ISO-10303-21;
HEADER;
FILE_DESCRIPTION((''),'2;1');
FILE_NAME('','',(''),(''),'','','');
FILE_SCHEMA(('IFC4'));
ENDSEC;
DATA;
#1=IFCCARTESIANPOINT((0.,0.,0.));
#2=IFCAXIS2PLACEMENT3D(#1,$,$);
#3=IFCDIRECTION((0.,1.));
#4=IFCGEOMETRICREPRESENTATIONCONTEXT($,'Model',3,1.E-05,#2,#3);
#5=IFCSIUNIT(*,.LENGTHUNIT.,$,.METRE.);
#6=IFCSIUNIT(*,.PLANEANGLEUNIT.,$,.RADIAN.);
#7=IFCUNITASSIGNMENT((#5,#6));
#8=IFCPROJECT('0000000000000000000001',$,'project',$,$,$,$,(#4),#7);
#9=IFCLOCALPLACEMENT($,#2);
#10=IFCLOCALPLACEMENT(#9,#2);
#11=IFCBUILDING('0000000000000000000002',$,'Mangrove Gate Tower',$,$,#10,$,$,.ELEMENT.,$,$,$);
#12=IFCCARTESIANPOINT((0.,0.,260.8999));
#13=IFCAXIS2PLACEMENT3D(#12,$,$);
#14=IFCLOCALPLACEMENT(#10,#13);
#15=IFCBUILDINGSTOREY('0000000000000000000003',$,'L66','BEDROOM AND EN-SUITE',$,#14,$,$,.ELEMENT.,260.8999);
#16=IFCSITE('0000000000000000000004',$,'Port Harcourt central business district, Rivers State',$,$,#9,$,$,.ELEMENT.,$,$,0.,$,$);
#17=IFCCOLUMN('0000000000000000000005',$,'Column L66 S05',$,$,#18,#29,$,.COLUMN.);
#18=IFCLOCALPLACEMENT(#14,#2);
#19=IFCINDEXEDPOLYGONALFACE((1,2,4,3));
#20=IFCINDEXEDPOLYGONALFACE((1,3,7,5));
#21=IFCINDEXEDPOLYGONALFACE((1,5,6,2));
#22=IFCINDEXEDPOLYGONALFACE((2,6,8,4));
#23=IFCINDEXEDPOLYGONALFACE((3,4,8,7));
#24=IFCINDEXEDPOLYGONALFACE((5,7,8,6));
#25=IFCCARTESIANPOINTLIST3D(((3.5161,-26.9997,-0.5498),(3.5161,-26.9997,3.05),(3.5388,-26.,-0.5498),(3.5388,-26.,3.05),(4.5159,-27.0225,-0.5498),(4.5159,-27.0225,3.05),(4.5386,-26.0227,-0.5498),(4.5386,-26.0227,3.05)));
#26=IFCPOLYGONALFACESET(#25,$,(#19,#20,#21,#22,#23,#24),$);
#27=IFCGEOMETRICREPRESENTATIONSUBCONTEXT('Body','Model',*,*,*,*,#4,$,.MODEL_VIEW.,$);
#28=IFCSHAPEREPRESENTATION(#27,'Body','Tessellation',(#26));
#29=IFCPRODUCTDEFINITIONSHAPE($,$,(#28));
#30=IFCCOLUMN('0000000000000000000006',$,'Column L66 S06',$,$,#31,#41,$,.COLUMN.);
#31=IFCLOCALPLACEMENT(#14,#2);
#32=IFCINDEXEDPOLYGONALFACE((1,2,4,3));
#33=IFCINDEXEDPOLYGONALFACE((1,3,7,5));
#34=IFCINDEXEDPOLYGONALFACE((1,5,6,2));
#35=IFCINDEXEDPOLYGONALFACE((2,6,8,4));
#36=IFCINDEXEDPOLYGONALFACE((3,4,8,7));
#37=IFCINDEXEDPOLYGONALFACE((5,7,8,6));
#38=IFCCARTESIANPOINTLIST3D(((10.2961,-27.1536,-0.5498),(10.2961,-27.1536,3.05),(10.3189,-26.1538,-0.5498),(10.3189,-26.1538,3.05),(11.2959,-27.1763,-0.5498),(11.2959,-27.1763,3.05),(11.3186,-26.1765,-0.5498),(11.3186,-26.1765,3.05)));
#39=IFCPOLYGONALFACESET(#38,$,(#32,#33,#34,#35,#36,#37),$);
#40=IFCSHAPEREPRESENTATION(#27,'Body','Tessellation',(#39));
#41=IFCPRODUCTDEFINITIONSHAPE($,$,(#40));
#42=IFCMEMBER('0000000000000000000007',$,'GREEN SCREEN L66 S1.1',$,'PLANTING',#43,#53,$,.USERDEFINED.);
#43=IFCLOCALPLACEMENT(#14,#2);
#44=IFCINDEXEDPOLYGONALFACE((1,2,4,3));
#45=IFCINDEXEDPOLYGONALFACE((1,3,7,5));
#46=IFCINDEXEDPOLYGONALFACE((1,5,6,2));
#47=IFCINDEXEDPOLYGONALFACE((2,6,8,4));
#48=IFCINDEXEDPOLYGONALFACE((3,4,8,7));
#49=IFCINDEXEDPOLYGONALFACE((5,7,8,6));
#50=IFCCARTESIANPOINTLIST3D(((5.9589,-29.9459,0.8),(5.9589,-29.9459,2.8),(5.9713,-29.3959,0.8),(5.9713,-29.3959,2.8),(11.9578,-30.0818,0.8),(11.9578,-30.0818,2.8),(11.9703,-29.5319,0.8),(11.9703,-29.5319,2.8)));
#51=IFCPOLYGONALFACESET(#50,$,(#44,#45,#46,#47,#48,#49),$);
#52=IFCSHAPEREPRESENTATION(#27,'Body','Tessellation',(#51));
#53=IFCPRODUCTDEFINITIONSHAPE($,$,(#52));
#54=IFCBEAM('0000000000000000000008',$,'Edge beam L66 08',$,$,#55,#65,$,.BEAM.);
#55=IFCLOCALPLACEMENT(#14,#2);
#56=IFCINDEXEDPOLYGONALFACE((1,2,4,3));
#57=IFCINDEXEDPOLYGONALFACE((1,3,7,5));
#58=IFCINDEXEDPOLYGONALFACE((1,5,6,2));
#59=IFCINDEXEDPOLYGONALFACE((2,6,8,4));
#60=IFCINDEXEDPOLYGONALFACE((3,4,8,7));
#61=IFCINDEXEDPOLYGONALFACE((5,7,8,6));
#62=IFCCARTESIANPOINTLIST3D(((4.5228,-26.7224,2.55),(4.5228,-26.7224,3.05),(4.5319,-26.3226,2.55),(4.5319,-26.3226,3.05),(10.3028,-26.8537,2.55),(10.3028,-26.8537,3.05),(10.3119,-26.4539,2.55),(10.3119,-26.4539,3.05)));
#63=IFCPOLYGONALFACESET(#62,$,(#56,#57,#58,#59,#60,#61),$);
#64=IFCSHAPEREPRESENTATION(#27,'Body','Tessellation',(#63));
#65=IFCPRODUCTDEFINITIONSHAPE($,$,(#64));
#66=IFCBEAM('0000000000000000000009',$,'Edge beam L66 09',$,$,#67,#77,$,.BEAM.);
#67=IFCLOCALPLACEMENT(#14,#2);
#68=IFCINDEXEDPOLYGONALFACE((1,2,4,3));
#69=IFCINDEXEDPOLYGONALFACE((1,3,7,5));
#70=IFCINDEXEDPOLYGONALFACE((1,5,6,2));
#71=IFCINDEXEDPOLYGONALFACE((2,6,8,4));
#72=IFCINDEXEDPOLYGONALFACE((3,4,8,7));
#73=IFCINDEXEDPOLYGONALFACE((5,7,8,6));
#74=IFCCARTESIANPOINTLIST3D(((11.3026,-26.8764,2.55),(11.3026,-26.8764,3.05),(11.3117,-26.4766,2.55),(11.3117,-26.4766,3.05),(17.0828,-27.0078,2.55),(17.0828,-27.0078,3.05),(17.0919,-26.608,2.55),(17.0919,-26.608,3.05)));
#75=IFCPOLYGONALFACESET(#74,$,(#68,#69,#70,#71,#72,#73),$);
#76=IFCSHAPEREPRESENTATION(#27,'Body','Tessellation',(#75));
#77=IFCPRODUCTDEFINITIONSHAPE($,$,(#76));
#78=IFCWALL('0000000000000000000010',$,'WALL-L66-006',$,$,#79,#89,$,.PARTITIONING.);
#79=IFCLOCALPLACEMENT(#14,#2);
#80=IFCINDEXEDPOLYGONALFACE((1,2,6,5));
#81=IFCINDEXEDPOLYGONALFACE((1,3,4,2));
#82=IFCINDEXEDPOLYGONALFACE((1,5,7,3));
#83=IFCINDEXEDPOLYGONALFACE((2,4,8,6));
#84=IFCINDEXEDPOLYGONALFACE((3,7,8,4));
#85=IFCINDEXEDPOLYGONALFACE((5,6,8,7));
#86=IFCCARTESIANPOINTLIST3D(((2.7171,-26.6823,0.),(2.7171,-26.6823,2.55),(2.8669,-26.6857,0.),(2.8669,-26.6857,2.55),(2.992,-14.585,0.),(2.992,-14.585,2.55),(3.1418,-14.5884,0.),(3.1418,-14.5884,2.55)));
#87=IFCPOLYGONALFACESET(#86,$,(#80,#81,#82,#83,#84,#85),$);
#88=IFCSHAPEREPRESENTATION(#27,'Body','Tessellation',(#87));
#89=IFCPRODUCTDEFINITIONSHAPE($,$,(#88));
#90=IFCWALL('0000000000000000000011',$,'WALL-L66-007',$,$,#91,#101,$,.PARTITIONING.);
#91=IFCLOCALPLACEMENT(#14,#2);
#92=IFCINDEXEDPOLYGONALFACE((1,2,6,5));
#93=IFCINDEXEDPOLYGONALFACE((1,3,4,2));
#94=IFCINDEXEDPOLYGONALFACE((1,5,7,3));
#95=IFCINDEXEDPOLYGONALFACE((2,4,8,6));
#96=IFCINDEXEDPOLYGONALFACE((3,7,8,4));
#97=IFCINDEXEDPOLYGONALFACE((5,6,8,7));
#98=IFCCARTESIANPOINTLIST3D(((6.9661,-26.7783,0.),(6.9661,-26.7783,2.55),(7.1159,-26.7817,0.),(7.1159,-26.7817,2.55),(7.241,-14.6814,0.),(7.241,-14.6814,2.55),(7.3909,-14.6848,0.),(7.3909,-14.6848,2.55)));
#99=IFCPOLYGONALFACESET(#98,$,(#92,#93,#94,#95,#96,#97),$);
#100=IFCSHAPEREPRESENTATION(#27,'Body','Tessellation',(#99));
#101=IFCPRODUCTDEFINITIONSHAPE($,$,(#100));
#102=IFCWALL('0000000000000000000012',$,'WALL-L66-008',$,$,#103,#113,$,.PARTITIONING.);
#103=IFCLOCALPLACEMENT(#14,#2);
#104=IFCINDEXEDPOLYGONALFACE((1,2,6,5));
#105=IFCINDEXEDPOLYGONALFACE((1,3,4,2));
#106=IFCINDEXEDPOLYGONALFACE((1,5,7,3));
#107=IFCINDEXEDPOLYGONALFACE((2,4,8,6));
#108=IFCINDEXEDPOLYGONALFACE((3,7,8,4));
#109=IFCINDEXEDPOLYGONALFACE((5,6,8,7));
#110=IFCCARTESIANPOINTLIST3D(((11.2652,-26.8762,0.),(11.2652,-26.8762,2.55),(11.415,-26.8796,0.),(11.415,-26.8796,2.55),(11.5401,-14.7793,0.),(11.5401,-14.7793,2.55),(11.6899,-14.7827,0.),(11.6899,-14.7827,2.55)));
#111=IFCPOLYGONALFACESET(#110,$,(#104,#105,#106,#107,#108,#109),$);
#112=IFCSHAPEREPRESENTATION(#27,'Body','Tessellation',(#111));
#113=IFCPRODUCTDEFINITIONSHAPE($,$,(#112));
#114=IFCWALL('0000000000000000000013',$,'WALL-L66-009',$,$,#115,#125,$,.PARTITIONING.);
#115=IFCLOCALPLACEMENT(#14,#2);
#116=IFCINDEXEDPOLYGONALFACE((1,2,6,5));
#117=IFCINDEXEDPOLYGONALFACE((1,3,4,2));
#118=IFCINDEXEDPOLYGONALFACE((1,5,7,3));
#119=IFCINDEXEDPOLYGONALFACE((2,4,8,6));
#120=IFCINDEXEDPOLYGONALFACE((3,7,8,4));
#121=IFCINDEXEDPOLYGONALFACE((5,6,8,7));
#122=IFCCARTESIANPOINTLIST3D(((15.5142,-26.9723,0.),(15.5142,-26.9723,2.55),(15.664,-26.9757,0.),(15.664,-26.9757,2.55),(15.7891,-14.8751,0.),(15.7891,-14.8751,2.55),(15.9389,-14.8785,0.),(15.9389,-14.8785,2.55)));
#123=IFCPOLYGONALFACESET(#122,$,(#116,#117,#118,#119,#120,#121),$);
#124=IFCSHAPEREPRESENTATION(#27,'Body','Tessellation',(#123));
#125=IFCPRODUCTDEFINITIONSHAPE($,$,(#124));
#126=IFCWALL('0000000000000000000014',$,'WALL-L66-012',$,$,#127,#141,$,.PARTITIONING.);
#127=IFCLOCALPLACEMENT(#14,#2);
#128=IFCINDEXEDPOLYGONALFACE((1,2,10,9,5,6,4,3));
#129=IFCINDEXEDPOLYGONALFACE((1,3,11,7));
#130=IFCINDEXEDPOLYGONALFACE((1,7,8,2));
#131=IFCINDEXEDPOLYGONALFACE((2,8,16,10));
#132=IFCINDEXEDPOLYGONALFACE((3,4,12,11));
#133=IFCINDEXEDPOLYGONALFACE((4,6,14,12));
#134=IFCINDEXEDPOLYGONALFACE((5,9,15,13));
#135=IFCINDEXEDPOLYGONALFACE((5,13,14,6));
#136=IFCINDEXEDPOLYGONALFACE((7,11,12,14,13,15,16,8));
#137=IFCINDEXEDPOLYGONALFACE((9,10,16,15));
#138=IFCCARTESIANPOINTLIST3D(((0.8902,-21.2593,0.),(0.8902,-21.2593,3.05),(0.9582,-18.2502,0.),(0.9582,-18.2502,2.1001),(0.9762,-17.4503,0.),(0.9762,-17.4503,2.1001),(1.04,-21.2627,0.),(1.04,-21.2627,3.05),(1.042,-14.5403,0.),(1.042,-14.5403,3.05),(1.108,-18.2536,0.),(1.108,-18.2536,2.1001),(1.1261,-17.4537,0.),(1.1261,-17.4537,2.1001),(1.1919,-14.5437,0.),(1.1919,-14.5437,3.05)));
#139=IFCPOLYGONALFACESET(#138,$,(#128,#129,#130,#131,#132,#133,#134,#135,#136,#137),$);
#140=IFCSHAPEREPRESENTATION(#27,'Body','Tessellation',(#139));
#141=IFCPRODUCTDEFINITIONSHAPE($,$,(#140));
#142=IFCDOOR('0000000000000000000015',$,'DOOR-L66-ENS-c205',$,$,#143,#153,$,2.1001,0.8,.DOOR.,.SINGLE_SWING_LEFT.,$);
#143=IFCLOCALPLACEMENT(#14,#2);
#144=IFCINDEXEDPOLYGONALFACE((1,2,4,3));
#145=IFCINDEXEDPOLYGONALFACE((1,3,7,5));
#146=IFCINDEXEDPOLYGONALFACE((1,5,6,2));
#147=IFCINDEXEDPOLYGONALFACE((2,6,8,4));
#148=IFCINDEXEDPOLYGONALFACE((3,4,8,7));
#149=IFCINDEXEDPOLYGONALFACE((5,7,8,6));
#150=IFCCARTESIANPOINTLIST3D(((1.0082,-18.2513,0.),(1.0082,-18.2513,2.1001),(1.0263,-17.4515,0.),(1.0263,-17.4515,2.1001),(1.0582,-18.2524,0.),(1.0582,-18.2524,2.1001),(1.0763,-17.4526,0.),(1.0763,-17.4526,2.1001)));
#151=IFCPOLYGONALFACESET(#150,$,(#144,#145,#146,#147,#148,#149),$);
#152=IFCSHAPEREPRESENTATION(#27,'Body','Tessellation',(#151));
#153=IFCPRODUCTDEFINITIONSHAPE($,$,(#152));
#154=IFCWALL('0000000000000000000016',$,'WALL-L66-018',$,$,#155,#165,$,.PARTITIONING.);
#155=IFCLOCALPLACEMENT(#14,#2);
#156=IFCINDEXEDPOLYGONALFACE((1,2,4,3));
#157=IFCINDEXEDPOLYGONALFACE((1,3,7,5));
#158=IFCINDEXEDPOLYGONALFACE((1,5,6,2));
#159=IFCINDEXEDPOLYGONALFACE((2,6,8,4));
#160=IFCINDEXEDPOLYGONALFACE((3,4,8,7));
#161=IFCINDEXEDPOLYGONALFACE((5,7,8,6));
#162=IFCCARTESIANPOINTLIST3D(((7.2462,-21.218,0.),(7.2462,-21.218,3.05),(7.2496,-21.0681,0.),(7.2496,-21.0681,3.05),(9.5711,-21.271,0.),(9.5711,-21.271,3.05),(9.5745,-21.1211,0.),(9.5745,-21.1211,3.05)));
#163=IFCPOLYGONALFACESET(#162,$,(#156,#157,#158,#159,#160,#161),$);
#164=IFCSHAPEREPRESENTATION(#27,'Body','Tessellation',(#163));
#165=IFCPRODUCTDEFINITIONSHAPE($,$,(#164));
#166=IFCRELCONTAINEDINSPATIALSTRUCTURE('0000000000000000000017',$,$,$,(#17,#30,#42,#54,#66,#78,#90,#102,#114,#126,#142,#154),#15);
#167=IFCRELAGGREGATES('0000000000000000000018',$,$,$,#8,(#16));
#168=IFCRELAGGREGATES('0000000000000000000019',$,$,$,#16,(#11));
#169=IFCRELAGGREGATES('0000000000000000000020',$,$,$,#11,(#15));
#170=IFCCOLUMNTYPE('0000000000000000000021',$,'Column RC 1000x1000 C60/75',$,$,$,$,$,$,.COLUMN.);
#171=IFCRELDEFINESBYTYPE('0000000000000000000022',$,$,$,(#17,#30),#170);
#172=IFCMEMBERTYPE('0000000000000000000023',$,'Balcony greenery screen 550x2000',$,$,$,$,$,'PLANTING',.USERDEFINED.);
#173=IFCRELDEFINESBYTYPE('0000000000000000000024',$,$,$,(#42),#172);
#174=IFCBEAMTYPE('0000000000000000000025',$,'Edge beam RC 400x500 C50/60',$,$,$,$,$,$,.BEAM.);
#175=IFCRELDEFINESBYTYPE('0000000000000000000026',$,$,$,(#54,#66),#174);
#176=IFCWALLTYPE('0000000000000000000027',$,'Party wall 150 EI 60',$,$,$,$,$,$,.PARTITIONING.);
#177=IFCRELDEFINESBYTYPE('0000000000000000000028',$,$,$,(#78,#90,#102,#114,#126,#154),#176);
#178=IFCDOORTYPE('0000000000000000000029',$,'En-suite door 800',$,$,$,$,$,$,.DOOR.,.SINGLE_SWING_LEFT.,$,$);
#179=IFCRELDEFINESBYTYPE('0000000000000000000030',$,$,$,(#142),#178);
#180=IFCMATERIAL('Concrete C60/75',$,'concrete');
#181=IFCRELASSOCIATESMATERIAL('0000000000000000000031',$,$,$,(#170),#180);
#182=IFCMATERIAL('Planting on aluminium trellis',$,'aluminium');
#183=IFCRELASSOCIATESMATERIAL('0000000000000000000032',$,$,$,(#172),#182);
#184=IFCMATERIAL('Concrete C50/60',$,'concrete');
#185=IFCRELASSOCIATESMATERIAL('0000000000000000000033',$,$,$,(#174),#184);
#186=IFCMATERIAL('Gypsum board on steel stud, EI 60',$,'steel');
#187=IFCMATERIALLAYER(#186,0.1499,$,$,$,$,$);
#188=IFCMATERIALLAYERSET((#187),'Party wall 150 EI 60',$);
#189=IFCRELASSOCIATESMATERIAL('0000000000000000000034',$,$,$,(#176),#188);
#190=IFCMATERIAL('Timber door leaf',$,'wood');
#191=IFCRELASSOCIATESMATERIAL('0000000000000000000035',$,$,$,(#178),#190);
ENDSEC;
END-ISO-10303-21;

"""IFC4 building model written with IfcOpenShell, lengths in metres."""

from ifc_helpers import new_model, si_unit, direction, frame, frame_2d, origin, origin_2d, place, context, subcontext, project, spatial, rectangle, extrude, material, layer, layer_set, material_profile, profile_set, type_object, element, fill, save


model = new_model("IFC4")

# Units and contexts
model_context = context("Model", 3, precision=1e-05, world=origin(), true_north=direction((0.0, 1.0)))
body_context = subcontext(model_context, "Body", "Model", "MODEL_VIEW")
ifc_project = project(units=[si_unit("LENGTHUNIT", "METRE"), si_unit("PLANEANGLEUNIT", "RADIAN")], contexts=[model_context])

# Site, building, storey
site_placement = place(None, origin())
site = spatial("IfcSite", under=ifc_project, at=site_placement, Name="Port Harcourt central business district, Rivers State", CompositionType="ELEMENT", RefElevation=0.0)
building_placement = place(site_placement, origin())
building = spatial("IfcBuilding", under=site, at=building_placement, Name="Mangrove Gate Tower", CompositionType="ELEMENT")
storey_placement = place(building_placement, frame((0.0, 0.0, 260.8999)))
storey = spatial("IfcBuildingStorey", under=building, at=storey_placement, Name="L66", Description="BEDROOM AND EN-SUITE", CompositionType="ELEMENT", Elevation=260.8999)

# Columns
ifc_material_1 = material(Name="Concrete C60/75", Category="concrete")
ifc_material_profile_1 = material_profile(ifc_material_1, rectangle(XDim=1.0, YDim=1.0, at=origin_2d()))
ifc_profile_set_1 = profile_set([ifc_material_profile_1], Name="Concrete C60/75")
column_type = type_object("IfcColumnType", Name="Column RC 1000x1000 C60/75", PredefinedType="COLUMN", material=ifc_profile_set_1)
for number, where, z_axis, x_axis, name in (
    (1, (4.0273, -26.5112, -0.5498), (0.0, 0.0, 1.0), (0.999742, -0.022708, 0.0), "Column L66 S05"),
    (2, (10.8074, -26.665, -0.5498), (0.0, 0.0, 1.0), (0.999742, -0.022708, 0.0), "Column L66 S06"),
):
    element("IfcColumn", number, at=place(storey_placement, frame(where, z_axis=z_axis, x_axis=x_axis)), inside=storey, type_object=column_type, Name=name, PredefinedType="COLUMN", context=body_context, shape_type="SweptSolid", body=[
        extrude(rectangle(XDim=1.0, YDim=1.0, at=origin_2d()), origin(), (0.0, 0.0, 1.0), 3.5999),
    ])

# Member
ifc_material_2 = material(Name="Planting on aluminium trellis", Category="aluminium")
ifc_material_profile_2 = material_profile(ifc_material_2, rectangle(XDim=0.55, YDim=2.0, at=origin_2d()))
ifc_profile_set_2 = profile_set([ifc_material_profile_2], Name="Planting on aluminium trellis")
member_type = type_object("IfcMemberType", Name="Balcony greenery screen 550x2000", ElementType="PLANTING", PredefinedType="USERDEFINED", material=ifc_profile_set_2)
member_placement = place(storey_placement, frame((5.9651, -29.6709, 1.8), z_axis=(0.999743, -0.022662, 0.0), x_axis=(0.022662, 0.999743, 0.0)))
element("IfcMember", 3, at=member_placement, inside=storey, type_object=member_type, Name="GREEN SCREEN L66 S1.1", ObjectType="PLANTING", PredefinedType="USERDEFINED", context=body_context, shape_type="SweptSolid", body=[
    extrude(rectangle(XDim=0.55, YDim=2.0, at=origin_2d()), origin(), (0.0, 0.0, 1.0), 6.0005),
])

# Beams
ifc_material_3 = material(Name="Concrete C50/60", Category="concrete")
ifc_material_profile_3 = material_profile(ifc_material_3, rectangle(XDim=0.3999, YDim=0.5, at=origin_2d()))
ifc_profile_set_3 = profile_set([ifc_material_profile_3], Name="Concrete C50/60")
beam_type = type_object("IfcBeamType", Name="Edge beam RC 400x500 C50/60", PredefinedType="BEAM", material=ifc_profile_set_3)
beam_1_placement = place(storey_placement, frame((4.5273, -26.5225, 2.8), z_axis=(0.999742, -0.022719, 0.0), x_axis=(0.022719, 0.999742, 0.0)))
element("IfcBeam", 4, at=beam_1_placement, inside=storey, type_object=beam_type, Name="Edge beam L66 08", PredefinedType="BEAM", context=body_context, shape_type="SweptSolid", body=[
    extrude(rectangle(XDim=0.3999, YDim=0.5, at=origin_2d()), origin(), (0.0, 0.0, 1.0), 5.7815),
])
beam_2_placement = place(storey_placement, frame((11.3071, -26.6765, 2.8), z_axis=(0.999742, -0.022718, 0.0), x_axis=(0.022718, 0.999742, 0.0)))
element("IfcBeam", 5, at=beam_2_placement, inside=storey, type_object=beam_type, Name="Edge beam L66 09", PredefinedType="BEAM", context=body_context, shape_type="SweptSolid", body=[
    extrude(rectangle(XDim=0.3999, YDim=0.5, at=origin_2d()), origin(), (0.0, 0.0, 1.0), 5.7817),
])

# Walls
ifc_material_4 = material(Name="Gypsum board on steel stud, EI 60", Category="steel")
ifc_layer_1 = layer(ifc_material_4, 0.1499)
ifc_layer_set_1 = layer_set([ifc_layer_1], Name="Party wall 150 EI 60")
wall_type_1 = type_object("IfcWallType", Name="Party wall 150 EI 60", PredefinedType="PARTITIONING", material=ifc_layer_set_1)
wall_1_placement = place(storey_placement, frame((2.792, -26.6841, 0.0), z_axis=(0.0, 0.0, 1.0), x_axis=(0.022719, 0.999742, 0.0)))
element("IfcWall", 6, at=wall_1_placement, inside=storey, type_object=wall_type_1, Name="WALL-L66-006", PredefinedType="PARTITIONING", context=body_context, shape_type="SweptSolid", body=[
    extrude(rectangle(XDim=12.1003, YDim=0.1499, at=frame_2d((6.0503, 0.0))), origin(), (0.0, 0.0, 1.0), 2.55),
])
for number, where, z_axis, x_axis, name in (
    (7, (7.041, -26.78, 0.0), (0.0, 0.0, 1.0), (0.022719, 0.999742, 0.0), "WALL-L66-007"),
    (8, (11.3401, -26.8779, 0.0), (0.0, 0.0, 1.0), (0.022719, 0.999742, 0.0), "WALL-L66-008"),
):
    element("IfcWall", number, at=place(storey_placement, frame(where, z_axis=z_axis, x_axis=x_axis)), inside=storey, type_object=wall_type_1, Name=name, PredefinedType="PARTITIONING", context=body_context, shape_type="SweptSolid", body=[
        extrude(rectangle(XDim=12.1001, YDim=0.1499, at=frame_2d((6.05, 0.0))), origin(), (0.0, 0.0, 1.0), 2.55),
    ])
wall_2_placement = place(storey_placement, frame((15.5891, -26.9741, 0.0), z_axis=(0.0, 0.0, 1.0), x_axis=(0.022719, 0.999742, 0.0)))
element("IfcWall", 9, at=wall_2_placement, inside=storey, type_object=wall_type_1, Name="WALL-L66-009", PredefinedType="PARTITIONING", context=body_context, shape_type="SweptSolid", body=[
    extrude(rectangle(XDim=12.1003, YDim=0.1499, at=frame_2d((6.0503, 0.0))), origin(), (0.0, 0.0, 1.0), 2.55),
])

# Wall, opening, door
wall_3_placement = place(storey_placement, frame((0.9651, -21.261, 0.0), z_axis=(0.0, 0.0, 1.0), x_axis=(0.022595, 0.999745, 0.0)))
wall_3 = element("IfcWall", 10, at=wall_3_placement, inside=storey, type_object=wall_type_1, Name="WALL-L66-012", PredefinedType="PARTITIONING", context=body_context, shape_type="SweptSolid", body=[
    extrude(rectangle(XDim=6.7207, YDim=0.1499, at=frame_2d((3.3604, 0.0))), origin(), (0.0, 0.0, 1.0), 3.05),
])
opening_1_placement = place(wall_3_placement, frame((3.01, 0.0, 0.0)))
opening_1 = element("IfcOpeningElement", 11, at=opening_1_placement, cuts=wall_3, PredefinedType="OPENING", context=body_context, shape_type="SweptSolid", body=[
    extrude(rectangle(XDim=0.8, YDim=2.1001, at=frame_2d((0.3999, 1.05))), frame((0.0, 0.085, 0.0), z_axis=(0.0, -1.0, 0.0), x_axis=(1.0, 0.0, 0.0)), (0.0, 0.0, 1.0), 0.1699),
])
ifc_material_5 = material(Name="Timber door leaf", Category="wood")
door_type = type_object("IfcDoorType", Name="En-suite door 800", OperationType="SINGLE_SWING_LEFT", PredefinedType="DOOR", material=ifc_material_5)
door_1_placement = place(opening_1_placement, origin())
door_1 = element("IfcDoor", 12, at=door_1_placement, inside=storey, type_object=door_type, Name="DOOR-L66-ENS-c205", OperationType="SINGLE_SWING_LEFT", OverallHeight=2.1001, OverallWidth=0.8, PredefinedType="DOOR", context=body_context, shape_type="SweptSolid", body=[
    extrude(rectangle(XDim=0.8, YDim=2.1001, at=frame_2d((0.3999, 1.05))), frame((0.0, 0.0249, 0.0), z_axis=(0.0, -1.0, 0.0), x_axis=(1.0, 0.0, 0.0)), (0.0, 0.0, 1.0), 0.05),
])
fill(opening_1, door_1)

# Wall
wall_4_placement = place(storey_placement, frame((7.248, -21.1431, 0.0), z_axis=(0.0, 0.0, 1.0), x_axis=(0.99974, -0.022781, 0.0)))
element("IfcWall", 13, at=wall_4_placement, inside=storey, type_object=wall_type_1, Name="WALL-L66-018", PredefinedType="PARTITIONING", context=body_context, shape_type="SweptSolid", body=[
    extrude(rectangle(XDim=2.3254, YDim=0.1499, at=frame_2d((1.1626, 0.0))), origin(), (0.0, 0.0, 1.0), 3.05),
])

save(model, "model.ifc")
